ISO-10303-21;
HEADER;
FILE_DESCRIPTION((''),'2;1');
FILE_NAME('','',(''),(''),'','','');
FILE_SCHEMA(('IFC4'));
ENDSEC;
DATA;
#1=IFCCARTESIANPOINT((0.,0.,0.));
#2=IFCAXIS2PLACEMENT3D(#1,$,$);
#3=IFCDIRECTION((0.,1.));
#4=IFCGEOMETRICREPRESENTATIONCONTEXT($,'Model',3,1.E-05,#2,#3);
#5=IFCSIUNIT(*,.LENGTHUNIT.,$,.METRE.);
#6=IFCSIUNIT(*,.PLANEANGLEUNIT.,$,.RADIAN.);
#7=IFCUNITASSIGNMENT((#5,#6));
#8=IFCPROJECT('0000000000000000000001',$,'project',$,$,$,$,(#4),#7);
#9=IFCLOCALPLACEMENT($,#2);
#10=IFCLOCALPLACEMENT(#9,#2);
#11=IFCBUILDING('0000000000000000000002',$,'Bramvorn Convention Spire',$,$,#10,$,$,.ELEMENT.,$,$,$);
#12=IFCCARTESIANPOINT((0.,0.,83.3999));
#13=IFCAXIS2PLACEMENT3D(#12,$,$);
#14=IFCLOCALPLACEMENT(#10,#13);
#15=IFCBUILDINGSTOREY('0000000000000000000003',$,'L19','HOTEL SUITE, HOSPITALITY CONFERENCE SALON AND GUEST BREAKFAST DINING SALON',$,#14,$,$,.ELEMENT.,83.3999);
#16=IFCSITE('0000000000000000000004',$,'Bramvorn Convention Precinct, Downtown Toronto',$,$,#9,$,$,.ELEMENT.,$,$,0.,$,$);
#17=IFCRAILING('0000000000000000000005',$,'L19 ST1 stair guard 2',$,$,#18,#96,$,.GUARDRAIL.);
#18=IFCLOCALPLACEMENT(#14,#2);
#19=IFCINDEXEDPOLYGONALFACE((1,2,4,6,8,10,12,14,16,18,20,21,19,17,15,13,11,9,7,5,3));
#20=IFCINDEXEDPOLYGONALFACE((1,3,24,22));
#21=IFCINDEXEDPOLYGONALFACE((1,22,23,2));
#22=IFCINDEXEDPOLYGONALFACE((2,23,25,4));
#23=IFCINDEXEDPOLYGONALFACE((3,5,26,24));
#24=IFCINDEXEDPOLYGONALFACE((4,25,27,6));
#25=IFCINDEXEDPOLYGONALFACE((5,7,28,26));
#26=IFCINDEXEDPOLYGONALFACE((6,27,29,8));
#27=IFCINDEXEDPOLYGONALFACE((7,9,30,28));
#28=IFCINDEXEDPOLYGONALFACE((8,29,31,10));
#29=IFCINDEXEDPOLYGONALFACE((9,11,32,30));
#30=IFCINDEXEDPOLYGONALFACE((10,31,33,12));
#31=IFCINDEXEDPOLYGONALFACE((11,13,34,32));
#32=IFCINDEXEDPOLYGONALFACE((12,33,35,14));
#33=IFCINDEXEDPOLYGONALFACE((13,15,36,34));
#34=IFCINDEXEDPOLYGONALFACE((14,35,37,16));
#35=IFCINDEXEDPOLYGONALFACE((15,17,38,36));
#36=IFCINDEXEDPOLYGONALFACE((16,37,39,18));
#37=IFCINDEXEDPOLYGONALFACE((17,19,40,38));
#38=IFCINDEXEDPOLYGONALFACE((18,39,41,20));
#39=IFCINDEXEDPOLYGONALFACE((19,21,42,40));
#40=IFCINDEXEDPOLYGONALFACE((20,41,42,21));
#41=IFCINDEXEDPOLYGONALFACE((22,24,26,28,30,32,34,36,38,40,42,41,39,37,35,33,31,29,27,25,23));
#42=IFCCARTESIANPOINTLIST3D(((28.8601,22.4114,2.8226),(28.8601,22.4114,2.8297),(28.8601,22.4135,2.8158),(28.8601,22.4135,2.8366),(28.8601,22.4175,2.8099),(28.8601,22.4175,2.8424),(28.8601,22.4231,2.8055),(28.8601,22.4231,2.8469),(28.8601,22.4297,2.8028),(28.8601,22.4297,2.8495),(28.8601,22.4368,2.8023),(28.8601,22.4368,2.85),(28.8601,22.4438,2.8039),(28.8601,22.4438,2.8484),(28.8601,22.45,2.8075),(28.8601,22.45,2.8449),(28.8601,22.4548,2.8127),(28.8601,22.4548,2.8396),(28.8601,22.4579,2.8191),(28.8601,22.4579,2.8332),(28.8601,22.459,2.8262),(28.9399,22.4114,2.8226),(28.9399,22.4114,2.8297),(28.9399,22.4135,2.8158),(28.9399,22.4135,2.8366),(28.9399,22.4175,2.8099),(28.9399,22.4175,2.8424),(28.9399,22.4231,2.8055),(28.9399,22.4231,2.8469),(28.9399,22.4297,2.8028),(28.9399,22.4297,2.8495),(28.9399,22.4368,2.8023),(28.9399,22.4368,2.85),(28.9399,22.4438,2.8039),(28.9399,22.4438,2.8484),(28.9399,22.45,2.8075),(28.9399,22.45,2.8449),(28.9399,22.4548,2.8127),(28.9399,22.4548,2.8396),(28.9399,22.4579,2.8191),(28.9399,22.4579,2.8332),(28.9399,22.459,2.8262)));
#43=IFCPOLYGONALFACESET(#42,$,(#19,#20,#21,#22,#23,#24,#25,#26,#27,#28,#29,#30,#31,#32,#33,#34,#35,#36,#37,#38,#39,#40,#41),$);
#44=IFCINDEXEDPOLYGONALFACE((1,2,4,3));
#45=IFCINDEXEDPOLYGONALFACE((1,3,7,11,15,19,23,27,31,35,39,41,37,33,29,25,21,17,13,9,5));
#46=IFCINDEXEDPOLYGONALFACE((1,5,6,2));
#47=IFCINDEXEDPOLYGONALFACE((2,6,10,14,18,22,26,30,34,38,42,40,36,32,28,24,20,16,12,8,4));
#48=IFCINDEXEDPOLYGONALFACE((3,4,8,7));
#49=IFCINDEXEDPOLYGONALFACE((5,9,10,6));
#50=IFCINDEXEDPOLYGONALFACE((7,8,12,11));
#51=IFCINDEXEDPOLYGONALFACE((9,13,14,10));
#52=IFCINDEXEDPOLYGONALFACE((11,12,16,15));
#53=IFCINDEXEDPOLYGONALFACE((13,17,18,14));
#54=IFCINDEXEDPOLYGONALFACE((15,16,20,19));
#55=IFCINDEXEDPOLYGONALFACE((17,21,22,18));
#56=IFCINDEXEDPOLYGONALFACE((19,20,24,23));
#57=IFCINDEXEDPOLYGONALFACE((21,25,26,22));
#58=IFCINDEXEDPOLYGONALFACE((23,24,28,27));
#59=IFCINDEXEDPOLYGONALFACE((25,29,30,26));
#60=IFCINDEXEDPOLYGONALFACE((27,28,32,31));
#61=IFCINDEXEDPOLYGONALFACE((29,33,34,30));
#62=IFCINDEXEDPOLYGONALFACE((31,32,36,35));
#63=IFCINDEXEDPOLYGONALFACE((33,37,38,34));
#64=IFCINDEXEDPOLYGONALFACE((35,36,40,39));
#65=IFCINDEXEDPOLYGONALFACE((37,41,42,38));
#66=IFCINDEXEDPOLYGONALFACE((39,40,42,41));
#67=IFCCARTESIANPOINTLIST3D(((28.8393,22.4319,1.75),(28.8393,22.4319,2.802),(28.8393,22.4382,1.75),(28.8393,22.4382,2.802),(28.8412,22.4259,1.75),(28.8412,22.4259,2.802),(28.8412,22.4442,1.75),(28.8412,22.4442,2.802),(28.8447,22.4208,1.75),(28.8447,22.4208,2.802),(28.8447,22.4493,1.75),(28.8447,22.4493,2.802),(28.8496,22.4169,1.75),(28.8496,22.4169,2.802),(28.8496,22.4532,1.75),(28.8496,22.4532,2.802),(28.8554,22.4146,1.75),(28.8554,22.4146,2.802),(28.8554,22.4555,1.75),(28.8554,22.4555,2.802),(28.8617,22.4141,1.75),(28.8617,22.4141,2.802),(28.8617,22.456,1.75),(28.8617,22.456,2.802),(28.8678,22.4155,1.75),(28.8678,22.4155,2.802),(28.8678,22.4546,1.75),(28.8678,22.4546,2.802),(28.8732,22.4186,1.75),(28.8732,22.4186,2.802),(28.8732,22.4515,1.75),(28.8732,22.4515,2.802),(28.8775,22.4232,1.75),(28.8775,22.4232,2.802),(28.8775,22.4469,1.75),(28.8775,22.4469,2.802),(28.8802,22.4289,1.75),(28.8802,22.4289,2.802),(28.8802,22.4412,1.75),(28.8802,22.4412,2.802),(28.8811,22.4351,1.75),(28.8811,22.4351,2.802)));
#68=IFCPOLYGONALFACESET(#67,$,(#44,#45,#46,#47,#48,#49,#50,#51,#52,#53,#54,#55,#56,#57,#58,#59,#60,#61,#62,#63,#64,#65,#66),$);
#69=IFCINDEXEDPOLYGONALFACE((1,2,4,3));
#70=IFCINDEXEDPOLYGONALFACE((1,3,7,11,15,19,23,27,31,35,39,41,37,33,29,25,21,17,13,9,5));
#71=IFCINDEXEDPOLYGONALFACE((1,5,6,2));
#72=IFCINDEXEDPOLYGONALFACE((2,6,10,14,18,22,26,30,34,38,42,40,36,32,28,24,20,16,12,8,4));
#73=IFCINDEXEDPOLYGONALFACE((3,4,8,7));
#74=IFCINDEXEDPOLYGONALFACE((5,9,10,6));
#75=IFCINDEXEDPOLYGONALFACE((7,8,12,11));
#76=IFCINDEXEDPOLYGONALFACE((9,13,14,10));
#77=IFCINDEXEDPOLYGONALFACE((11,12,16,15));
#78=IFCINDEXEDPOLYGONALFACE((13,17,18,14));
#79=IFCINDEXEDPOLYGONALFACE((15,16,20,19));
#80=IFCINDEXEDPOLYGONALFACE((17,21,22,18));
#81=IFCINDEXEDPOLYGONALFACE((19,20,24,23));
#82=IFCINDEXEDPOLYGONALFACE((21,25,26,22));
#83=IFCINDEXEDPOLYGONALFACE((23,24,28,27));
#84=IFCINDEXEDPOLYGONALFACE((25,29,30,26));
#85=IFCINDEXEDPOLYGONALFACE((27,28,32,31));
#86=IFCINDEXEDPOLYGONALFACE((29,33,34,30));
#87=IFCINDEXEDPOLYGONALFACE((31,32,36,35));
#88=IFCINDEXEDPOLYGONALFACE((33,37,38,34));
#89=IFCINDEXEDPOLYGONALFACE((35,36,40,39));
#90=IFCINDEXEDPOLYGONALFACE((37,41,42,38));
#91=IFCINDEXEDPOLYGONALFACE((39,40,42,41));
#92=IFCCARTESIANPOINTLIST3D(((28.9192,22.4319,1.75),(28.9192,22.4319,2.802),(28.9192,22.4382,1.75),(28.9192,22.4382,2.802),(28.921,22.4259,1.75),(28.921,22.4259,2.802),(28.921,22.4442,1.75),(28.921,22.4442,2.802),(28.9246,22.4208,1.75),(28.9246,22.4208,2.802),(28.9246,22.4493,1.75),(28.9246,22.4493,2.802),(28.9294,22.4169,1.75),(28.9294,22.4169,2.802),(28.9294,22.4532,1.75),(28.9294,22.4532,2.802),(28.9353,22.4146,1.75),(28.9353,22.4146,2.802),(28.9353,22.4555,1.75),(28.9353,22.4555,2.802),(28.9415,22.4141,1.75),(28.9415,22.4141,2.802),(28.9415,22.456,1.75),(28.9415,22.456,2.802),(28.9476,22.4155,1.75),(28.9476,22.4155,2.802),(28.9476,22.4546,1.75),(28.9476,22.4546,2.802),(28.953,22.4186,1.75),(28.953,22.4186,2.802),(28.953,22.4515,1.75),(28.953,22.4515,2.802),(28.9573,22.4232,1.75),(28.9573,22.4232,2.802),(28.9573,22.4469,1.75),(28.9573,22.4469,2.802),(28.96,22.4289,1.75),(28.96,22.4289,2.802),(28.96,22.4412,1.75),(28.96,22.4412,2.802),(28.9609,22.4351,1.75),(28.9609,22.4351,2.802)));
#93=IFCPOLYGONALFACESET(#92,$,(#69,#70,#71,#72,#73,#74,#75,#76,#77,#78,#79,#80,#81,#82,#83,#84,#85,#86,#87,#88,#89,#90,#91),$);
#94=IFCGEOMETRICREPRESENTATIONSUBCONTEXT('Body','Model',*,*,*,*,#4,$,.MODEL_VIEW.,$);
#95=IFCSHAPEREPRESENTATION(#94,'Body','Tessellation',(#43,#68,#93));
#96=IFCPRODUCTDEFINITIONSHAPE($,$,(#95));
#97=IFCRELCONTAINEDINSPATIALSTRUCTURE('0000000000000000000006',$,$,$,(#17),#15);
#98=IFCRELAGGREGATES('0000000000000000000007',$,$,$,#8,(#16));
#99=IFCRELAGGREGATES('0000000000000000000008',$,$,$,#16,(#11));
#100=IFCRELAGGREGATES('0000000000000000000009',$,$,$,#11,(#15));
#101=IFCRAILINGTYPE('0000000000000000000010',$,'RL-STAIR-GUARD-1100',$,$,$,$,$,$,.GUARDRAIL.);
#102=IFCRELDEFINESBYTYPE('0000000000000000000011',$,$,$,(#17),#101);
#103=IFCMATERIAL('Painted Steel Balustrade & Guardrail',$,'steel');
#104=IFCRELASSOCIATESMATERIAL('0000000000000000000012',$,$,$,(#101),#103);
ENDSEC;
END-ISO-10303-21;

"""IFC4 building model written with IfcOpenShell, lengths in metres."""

from ifc_helpers import new_model, si_unit, direction, frame, origin, origin_2d, place, context, subcontext, project, spatial, circle, extrude, material, type_object, element, save


model = new_model("IFC4")

# Units and contexts
model_context = context("Model", 3, precision=1e-05, world=origin(), true_north=direction((0.0, 1.0)))
body_context = subcontext(model_context, "Body", "Model", "MODEL_VIEW")
ifc_project = project(units=[si_unit("LENGTHUNIT", "METRE"), si_unit("PLANEANGLEUNIT", "RADIAN")], contexts=[model_context])

# Site, building, storey
site_placement = place(None, origin())
site = spatial("IfcSite", under=ifc_project, at=site_placement, Name="Bramvorn Convention Precinct, Downtown Toronto", CompositionType="ELEMENT", RefElevation=0.0)
building_placement = place(site_placement, origin())
building = spatial("IfcBuilding", under=site, at=building_placement, Name="Bramvorn Convention Spire", CompositionType="ELEMENT")
storey_placement = place(building_placement, frame((0.0, 0.0, 83.3999)))
storey = spatial("IfcBuildingStorey", under=building, at=storey_placement, Name="L19", Description="HOTEL SUITE, HOSPITALITY CONFERENCE SALON AND GUEST BREAKFAST DINING SALON", CompositionType="ELEMENT", Elevation=83.3999)

# Railing
ifc_material_1 = material(Name="Painted Steel Balustrade & Guardrail", Category="steel")
railing_type_1 = type_object("IfcRailingType", Name="RL-STAIR-GUARD-1100", PredefinedType="GUARDRAIL", material=ifc_material_1)
railing_1_placement = place(storey_placement, frame((28.8601, 22.4351, 1.75)))
element("IfcRailing", 1, at=railing_1_placement, inside=storey, type_object=railing_type_1, Name="L19 ST1 stair guard 2", PredefinedType="GUARDRAIL", context=body_context, shape_type="SweptSolid", body=[
    extrude(circle(Radius=0.0239, at=origin_2d()), frame((0.0, 0.0, 1.0762), z_axis=(1.0, 0.0, 0.0), x_axis=(0.0, 1.0, 0.0)), (0.0, 0.0, 1.0), 0.0798),
    extrude(circle(Radius=0.021, at=origin_2d()), origin(), (0.0, 0.0, 1.0), 1.052),
    extrude(circle(Radius=0.021, at=origin_2d()), frame((0.0798, 0.0, 0.0)), (0.0, 0.0, 1.0), 1.052),
])

save(model, "model.ifc")
